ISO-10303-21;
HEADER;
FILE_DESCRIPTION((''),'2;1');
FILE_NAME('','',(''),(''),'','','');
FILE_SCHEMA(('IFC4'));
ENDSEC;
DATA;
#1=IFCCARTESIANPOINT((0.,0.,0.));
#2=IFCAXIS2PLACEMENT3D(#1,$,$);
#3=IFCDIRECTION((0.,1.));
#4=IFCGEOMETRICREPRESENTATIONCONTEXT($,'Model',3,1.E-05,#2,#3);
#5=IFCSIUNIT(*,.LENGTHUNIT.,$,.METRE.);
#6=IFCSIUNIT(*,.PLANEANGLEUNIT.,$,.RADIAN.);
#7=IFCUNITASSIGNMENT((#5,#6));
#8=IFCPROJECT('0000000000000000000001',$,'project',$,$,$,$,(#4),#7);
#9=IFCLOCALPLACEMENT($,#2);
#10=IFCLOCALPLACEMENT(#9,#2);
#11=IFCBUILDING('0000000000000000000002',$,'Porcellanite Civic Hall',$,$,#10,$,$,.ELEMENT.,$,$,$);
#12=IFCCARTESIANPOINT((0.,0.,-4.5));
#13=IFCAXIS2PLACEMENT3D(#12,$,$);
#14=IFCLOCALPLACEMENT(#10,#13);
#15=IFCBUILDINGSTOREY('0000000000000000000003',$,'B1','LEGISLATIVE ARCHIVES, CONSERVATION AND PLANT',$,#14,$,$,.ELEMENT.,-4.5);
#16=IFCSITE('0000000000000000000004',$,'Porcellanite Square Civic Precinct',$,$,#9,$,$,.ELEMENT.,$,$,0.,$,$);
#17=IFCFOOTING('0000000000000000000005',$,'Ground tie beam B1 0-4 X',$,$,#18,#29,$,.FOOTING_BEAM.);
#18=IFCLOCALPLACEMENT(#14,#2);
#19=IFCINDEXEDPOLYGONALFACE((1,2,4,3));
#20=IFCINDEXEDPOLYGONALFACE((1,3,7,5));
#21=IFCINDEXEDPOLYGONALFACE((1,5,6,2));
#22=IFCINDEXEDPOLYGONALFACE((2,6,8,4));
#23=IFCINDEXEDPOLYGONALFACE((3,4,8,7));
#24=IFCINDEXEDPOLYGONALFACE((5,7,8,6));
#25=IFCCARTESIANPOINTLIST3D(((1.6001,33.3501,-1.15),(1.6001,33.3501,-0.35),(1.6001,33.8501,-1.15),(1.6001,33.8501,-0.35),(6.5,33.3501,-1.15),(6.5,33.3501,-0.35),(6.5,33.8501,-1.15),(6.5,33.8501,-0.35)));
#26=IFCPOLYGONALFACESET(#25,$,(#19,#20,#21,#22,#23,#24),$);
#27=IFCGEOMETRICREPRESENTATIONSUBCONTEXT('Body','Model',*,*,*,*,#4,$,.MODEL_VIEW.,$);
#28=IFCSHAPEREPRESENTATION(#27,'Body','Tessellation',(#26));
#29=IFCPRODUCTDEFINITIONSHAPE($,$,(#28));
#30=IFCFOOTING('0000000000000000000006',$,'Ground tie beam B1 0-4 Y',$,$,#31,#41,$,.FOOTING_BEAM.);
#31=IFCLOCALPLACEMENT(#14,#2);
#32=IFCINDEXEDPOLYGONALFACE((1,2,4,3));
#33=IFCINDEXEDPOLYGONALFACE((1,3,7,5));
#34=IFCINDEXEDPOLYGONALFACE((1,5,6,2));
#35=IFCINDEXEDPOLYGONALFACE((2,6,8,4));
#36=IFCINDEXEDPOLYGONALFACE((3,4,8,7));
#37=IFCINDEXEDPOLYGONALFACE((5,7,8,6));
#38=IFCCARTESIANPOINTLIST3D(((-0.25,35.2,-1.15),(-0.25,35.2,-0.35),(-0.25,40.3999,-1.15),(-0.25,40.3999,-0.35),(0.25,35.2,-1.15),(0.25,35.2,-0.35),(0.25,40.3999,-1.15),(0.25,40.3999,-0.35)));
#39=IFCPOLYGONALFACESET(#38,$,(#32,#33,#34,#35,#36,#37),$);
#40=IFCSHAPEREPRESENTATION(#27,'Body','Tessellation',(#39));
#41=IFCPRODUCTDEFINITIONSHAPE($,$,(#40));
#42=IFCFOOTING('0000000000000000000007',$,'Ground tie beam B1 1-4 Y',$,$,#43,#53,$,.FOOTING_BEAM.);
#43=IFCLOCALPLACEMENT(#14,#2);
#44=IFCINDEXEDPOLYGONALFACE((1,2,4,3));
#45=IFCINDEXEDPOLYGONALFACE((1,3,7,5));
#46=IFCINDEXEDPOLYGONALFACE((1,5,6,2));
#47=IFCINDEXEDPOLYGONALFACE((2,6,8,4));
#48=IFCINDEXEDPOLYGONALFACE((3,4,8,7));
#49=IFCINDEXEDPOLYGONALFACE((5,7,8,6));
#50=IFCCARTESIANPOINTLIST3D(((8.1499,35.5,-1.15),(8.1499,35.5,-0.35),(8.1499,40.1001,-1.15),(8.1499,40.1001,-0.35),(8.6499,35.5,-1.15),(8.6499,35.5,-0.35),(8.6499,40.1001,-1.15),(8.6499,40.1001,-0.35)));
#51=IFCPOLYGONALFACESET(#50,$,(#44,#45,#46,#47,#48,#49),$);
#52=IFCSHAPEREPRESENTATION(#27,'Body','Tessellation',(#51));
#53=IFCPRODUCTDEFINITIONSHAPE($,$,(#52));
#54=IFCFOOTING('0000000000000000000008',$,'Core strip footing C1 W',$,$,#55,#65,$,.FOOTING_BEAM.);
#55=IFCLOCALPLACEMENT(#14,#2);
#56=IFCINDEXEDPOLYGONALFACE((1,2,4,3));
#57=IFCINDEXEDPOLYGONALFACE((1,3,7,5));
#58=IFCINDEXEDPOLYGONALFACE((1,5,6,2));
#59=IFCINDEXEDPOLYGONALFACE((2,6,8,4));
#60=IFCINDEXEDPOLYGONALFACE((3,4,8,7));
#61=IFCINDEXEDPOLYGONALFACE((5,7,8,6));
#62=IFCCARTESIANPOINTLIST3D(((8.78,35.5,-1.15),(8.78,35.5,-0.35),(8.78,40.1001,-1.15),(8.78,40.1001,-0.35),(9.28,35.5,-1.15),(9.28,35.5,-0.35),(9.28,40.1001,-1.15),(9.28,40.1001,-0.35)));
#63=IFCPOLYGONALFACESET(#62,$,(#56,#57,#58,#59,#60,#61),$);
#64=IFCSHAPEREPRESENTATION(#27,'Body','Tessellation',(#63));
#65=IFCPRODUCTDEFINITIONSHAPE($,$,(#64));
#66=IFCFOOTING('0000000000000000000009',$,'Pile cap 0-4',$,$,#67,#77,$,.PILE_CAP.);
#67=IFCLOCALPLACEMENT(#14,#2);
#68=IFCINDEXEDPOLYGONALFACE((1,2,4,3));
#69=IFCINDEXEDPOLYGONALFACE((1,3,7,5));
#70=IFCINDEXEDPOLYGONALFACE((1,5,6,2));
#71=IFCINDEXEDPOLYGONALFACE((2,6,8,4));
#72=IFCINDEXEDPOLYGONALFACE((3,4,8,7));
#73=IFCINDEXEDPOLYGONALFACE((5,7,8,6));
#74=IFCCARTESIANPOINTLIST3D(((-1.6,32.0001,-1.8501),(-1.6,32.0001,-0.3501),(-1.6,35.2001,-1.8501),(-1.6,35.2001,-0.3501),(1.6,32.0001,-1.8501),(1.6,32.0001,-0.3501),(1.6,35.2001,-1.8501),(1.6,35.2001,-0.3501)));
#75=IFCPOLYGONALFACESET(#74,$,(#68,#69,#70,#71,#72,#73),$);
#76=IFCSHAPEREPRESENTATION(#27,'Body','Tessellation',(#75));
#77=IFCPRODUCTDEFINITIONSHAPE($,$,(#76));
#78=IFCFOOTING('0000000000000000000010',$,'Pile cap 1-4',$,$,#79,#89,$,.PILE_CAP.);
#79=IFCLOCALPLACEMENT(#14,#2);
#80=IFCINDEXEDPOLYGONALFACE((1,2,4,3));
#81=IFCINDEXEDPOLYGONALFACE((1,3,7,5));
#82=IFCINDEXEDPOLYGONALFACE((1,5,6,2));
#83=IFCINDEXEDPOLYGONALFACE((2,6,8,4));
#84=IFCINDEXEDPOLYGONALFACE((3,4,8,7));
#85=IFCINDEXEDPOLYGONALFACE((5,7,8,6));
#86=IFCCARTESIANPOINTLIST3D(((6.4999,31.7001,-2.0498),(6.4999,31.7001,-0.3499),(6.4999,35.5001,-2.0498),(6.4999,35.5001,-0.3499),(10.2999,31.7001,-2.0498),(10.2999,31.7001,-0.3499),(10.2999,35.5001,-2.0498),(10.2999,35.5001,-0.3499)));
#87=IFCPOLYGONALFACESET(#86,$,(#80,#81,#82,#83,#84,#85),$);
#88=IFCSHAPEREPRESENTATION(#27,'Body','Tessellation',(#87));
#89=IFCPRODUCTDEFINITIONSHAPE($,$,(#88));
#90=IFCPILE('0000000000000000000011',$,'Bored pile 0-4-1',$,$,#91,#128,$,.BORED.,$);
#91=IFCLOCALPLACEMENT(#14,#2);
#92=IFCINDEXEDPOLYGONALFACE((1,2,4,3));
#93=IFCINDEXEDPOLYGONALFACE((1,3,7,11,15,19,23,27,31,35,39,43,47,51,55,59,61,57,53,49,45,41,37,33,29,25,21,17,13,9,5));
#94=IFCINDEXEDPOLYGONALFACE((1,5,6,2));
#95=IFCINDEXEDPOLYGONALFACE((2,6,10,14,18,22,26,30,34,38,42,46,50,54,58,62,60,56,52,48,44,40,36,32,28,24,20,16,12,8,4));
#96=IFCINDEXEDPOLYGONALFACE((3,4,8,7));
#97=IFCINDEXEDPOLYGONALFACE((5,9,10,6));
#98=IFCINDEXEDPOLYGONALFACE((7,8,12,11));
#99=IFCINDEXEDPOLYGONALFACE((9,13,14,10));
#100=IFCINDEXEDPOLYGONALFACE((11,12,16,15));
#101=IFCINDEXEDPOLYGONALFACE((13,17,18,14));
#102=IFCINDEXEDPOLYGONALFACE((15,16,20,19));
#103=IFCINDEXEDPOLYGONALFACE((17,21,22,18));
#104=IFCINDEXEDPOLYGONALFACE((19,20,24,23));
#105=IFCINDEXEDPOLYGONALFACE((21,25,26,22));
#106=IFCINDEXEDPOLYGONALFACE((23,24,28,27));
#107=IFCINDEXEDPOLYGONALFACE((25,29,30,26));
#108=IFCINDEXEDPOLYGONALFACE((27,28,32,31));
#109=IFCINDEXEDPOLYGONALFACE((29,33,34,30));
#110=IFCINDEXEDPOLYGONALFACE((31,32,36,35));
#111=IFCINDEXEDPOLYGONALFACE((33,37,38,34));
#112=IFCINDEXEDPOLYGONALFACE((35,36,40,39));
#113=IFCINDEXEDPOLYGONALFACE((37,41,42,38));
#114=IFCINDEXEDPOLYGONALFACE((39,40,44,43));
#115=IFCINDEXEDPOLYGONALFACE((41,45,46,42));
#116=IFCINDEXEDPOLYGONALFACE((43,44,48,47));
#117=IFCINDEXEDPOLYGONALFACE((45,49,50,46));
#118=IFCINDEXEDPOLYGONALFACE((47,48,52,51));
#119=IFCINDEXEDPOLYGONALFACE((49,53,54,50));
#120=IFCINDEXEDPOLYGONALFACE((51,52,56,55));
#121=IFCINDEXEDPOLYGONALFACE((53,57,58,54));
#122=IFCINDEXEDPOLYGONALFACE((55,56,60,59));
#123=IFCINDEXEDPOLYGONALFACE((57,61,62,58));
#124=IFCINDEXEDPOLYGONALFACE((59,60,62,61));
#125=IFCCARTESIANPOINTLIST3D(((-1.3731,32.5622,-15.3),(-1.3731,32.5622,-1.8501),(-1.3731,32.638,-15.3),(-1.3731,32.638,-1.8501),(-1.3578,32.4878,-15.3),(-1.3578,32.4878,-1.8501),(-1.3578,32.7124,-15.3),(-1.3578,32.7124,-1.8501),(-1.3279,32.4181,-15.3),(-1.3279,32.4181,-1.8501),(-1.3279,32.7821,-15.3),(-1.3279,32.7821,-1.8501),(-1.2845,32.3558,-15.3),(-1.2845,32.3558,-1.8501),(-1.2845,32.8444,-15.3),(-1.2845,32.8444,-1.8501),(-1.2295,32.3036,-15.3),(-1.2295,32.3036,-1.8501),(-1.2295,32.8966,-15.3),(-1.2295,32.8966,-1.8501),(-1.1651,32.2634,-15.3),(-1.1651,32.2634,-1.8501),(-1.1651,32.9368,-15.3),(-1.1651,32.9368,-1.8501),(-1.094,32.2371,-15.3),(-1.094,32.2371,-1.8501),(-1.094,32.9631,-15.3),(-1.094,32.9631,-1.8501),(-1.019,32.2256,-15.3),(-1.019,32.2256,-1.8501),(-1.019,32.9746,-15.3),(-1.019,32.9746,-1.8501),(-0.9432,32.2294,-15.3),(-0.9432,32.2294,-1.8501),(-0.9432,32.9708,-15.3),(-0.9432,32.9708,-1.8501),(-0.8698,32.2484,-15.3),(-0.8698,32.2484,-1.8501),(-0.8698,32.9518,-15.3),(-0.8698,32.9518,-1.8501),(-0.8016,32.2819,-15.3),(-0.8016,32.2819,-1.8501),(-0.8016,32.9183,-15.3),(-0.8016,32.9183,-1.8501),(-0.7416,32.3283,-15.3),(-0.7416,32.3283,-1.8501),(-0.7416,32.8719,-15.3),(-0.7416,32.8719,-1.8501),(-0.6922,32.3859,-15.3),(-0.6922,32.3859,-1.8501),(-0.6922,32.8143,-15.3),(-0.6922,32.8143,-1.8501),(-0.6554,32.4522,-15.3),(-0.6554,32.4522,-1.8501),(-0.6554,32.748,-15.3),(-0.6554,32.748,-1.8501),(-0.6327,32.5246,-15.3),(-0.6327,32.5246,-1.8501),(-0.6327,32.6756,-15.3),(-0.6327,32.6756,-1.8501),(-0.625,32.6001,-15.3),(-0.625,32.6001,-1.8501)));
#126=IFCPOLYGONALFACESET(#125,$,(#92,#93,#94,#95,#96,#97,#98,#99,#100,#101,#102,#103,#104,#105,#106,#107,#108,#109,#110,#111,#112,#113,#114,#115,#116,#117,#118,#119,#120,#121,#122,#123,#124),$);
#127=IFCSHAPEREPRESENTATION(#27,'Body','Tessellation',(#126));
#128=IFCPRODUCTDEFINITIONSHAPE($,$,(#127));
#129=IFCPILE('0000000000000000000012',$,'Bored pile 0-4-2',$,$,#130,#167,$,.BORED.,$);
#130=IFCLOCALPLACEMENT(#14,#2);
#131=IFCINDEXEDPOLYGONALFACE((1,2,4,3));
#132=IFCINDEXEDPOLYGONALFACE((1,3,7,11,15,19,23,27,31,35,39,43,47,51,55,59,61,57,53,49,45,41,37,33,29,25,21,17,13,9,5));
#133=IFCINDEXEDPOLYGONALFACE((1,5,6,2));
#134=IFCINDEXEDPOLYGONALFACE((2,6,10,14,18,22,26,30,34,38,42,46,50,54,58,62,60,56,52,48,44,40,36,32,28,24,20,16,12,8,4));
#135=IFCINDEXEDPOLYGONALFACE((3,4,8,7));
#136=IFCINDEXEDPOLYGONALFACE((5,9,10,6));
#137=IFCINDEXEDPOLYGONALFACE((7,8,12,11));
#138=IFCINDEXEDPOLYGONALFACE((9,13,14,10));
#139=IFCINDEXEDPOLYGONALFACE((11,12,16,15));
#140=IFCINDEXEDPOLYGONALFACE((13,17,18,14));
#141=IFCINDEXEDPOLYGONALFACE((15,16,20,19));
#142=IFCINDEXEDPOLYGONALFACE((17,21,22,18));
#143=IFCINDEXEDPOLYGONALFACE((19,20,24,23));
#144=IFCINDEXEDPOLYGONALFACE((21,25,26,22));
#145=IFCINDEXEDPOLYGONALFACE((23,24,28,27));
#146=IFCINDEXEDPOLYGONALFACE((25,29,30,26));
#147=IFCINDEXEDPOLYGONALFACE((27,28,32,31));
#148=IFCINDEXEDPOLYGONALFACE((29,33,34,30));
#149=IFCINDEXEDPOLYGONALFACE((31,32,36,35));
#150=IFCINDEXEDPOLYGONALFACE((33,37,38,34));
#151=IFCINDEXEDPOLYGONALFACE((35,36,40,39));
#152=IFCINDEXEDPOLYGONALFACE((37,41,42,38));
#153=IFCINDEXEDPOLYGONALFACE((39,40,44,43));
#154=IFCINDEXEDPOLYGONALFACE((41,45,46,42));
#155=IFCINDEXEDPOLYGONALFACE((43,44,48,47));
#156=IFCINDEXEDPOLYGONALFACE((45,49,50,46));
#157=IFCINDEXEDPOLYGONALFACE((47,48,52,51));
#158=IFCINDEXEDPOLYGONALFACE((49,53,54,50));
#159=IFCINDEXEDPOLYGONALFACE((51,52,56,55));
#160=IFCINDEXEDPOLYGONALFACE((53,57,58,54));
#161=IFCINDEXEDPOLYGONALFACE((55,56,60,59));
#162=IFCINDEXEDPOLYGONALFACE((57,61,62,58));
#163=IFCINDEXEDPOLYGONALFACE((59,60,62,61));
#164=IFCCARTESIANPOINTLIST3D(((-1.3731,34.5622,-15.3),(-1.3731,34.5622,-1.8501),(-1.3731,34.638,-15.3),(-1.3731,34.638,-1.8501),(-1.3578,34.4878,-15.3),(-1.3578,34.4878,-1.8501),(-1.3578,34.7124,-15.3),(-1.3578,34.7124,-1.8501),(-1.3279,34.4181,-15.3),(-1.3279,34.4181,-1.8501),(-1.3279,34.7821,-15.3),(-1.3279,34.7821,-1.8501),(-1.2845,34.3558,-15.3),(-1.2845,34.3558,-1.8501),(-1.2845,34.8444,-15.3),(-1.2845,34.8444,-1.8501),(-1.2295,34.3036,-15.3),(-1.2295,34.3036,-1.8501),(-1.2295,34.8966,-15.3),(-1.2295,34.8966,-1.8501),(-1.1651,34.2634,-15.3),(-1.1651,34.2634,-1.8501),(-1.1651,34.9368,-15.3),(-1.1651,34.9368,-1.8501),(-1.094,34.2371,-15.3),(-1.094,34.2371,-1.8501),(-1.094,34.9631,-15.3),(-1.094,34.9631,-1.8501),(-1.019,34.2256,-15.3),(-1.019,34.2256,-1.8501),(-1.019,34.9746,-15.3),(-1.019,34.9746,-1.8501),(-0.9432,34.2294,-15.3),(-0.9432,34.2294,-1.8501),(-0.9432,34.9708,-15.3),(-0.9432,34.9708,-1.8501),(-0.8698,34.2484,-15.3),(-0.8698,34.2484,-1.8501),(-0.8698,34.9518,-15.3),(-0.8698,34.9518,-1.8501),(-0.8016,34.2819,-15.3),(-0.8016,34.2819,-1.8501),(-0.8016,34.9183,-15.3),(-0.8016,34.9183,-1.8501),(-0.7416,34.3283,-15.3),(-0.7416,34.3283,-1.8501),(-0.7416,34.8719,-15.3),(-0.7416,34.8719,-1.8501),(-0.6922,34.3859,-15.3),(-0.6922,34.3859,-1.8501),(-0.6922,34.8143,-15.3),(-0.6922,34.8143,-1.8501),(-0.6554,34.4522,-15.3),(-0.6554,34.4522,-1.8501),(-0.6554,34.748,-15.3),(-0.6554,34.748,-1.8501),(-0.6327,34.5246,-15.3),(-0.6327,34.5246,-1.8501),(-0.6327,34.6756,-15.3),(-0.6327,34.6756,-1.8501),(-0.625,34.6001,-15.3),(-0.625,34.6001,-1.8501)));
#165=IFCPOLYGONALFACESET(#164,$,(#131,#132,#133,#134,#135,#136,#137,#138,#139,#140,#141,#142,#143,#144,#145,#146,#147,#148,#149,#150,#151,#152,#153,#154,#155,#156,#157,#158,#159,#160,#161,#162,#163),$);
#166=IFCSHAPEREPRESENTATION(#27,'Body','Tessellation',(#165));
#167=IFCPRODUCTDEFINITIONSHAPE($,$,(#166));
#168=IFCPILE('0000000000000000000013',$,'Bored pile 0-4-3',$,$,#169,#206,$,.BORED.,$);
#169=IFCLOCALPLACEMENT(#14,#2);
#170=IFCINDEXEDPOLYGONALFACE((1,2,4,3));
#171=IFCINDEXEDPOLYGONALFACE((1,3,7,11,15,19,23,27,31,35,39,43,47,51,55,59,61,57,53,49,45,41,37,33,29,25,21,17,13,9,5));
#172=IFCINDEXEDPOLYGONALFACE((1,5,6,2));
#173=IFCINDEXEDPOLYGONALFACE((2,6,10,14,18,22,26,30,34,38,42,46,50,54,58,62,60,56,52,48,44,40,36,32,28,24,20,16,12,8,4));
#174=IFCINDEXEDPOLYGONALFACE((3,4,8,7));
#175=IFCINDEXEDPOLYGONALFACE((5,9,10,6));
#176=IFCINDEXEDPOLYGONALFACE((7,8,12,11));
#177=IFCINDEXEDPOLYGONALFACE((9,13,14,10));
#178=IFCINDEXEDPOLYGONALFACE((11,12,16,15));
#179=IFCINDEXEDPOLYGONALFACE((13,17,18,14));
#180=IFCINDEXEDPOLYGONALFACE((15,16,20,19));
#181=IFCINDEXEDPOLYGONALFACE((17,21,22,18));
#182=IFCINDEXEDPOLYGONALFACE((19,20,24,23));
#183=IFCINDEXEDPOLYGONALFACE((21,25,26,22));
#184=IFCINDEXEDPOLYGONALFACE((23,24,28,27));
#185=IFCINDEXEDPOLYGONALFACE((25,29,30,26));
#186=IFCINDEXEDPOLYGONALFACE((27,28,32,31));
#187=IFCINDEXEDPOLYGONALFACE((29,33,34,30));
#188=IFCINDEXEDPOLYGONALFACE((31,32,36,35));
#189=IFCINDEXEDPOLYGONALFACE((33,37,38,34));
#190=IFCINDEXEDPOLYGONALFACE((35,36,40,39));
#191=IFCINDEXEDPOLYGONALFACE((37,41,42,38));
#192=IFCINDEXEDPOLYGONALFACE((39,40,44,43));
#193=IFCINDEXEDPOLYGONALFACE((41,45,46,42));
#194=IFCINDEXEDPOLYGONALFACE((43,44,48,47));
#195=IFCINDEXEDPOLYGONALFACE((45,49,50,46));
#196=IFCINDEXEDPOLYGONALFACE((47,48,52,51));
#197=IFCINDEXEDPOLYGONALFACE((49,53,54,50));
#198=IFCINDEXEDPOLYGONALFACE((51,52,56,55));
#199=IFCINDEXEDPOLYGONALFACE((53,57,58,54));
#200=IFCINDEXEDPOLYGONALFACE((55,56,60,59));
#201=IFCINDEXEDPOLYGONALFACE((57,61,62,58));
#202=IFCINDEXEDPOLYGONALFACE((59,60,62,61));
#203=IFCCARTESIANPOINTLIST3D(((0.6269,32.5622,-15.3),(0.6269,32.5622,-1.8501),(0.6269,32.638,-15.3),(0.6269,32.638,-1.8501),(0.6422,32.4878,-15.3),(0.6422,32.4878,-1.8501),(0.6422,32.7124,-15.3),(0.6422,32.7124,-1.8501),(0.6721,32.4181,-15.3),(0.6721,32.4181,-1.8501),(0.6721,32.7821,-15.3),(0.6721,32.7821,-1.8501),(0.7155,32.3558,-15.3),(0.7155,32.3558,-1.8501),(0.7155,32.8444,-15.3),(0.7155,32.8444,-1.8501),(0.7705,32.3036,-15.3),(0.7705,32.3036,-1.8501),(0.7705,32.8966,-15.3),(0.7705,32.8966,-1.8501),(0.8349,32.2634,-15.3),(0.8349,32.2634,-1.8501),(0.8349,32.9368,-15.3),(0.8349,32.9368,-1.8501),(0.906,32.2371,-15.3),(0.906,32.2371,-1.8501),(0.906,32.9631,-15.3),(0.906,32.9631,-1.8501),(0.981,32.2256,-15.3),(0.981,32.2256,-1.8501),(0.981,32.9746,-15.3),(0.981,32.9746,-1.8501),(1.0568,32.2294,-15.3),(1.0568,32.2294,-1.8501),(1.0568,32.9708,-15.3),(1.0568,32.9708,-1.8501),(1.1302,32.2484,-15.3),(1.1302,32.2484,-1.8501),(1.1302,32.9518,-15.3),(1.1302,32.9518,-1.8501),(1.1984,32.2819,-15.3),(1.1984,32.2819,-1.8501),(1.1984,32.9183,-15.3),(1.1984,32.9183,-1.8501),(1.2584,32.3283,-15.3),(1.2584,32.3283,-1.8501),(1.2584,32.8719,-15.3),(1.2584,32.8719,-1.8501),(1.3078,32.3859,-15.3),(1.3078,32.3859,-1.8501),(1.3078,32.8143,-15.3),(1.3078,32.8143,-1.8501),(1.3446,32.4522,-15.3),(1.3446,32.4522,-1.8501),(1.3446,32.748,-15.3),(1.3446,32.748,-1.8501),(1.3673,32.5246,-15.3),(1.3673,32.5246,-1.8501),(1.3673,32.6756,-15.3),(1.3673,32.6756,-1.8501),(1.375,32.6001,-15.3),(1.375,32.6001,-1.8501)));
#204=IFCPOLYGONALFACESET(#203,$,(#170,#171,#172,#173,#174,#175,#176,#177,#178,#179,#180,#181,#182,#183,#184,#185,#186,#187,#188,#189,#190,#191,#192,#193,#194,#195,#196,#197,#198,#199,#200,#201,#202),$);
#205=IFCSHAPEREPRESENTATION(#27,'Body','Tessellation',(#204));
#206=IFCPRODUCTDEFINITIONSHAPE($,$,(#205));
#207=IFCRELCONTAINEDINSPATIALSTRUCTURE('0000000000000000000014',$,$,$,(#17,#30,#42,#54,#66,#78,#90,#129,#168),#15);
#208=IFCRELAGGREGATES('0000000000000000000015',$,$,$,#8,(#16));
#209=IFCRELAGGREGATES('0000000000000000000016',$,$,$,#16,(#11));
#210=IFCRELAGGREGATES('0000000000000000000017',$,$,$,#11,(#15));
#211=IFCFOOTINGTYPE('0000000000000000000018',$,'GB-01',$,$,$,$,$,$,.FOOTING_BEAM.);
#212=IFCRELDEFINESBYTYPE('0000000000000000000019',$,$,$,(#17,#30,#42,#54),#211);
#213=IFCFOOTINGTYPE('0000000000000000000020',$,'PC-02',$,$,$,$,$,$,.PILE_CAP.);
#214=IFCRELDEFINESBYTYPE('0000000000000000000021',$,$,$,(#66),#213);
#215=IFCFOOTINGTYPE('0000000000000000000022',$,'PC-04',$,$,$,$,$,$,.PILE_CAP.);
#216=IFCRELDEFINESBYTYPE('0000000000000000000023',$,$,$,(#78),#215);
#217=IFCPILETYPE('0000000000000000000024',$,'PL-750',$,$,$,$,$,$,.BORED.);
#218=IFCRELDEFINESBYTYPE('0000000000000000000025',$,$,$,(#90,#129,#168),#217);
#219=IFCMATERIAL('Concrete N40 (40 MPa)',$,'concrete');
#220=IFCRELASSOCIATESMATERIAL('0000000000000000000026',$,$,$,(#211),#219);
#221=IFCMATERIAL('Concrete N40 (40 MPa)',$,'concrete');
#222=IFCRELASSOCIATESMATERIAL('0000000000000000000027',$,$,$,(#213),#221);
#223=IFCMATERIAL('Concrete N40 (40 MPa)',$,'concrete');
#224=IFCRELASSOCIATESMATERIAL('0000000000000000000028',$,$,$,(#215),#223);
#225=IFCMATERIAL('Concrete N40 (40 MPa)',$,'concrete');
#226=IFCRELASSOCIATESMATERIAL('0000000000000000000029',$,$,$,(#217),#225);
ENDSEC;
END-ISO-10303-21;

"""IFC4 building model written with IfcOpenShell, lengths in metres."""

from ifc_helpers import new_model, si_unit, direction, frame, origin, origin_2d, place, context, subcontext, project, spatial, rectangle, circle, extrude, material, material_profile, profile_set, type_object, element, save


model = new_model("IFC4")

# Units and contexts
model_context = context("Model", 3, precision=1e-05, world=origin(), true_north=direction((0.0, 1.0)))
body_context = subcontext(model_context, "Body", "Model", "MODEL_VIEW")
ifc_project = project(units=[si_unit("LENGTHUNIT", "METRE"), si_unit("PLANEANGLEUNIT", "RADIAN")], contexts=[model_context])

# Site, building, storey
site_placement = place(None, origin())
site = spatial("IfcSite", under=ifc_project, at=site_placement, Name="Porcellanite Square Civic Precinct", CompositionType="ELEMENT", RefElevation=0.0)
building_placement = place(site_placement, origin())
building = spatial("IfcBuilding", under=site, at=building_placement, Name="Porcellanite Civic Hall", CompositionType="ELEMENT")
storey_placement = place(building_placement, frame((0.0, 0.0, -4.5)))
storey = spatial("IfcBuildingStorey", under=building, at=storey_placement, Name="B1", Description="LEGISLATIVE ARCHIVES, CONSERVATION AND PLANT", CompositionType="ELEMENT", Elevation=-4.5)

# Footings
ifc_material_1 = material(Name="Concrete N40 (40 MPa)", Category="concrete")
ifc_material_profile_1 = material_profile(ifc_material_1, rectangle(XDim=0.5, YDim=0.8, at=origin_2d()), Name="RC-500x800")
ifc_profile_set_1 = profile_set([ifc_material_profile_1], Name="Concrete N40 (40 MPa)")
footing_type_1 = type_object("IfcFootingType", Name="GB-01", PredefinedType="FOOTING_BEAM", material=ifc_profile_set_1)
footing_1_placement = place(storey_placement, frame((1.6001, 33.6001, -0.75), z_axis=(1.0, 0.0, 0.0), x_axis=(0.0, 1.0, 0.0)))
element("IfcFooting", 1, at=footing_1_placement, inside=storey, type_object=footing_type_1, Name="Ground tie beam B1 0-4 X", PredefinedType="FOOTING_BEAM", context=body_context, shape_type="SweptSolid", body=[
    extrude(rectangle(XDim=0.5, YDim=0.8, at=origin_2d()), origin(), (0.0, 0.0, 1.0), 4.8999),
])
footing_2_placement = place(storey_placement, frame((0.0, 35.2, -0.75), z_axis=(0.0, 1.0, 0.0), x_axis=(-1.0, 0.0, 0.0)))
element("IfcFooting", 2, at=footing_2_placement, inside=storey, type_object=footing_type_1, Name="Ground tie beam B1 0-4 Y", PredefinedType="FOOTING_BEAM", context=body_context, shape_type="SweptSolid", body=[
    extrude(rectangle(XDim=0.5, YDim=0.8, at=origin_2d()), origin(), (0.0, 0.0, 1.0), 5.2),
])
for number, where, z_axis, x_axis, name in (
    (3, (8.3999, 35.5, -0.75), (0.0, 1.0, 0.0), (-1.0, 0.0, 0.0), "Ground tie beam B1 1-4 Y"),
    (4, (9.03, 35.5, -0.75), (0.0, 1.0, 0.0), (-1.0, 0.0, 0.0), "Core strip footing C1 W"),
):
    element("IfcFooting", number, at=place(storey_placement, frame(where, z_axis=z_axis, x_axis=x_axis)), inside=storey, type_object=footing_type_1, Name=name, PredefinedType="FOOTING_BEAM", context=body_context, shape_type="SweptSolid", body=[
        extrude(rectangle(XDim=0.5, YDim=0.8, at=origin_2d()), origin(), (0.0, 0.0, 1.0), 4.6001),
    ])
ifc_material_2 = material(Name="Concrete N40 (40 MPa)", Category="concrete")
footing_type_2 = type_object("IfcFootingType", Name="PC-02", PredefinedType="PILE_CAP", material=ifc_material_2)
footing_3_placement = place(storey_placement, frame((0.0, 33.6001, -1.8501), z_axis=(0.0, 0.0, 1.0), x_axis=(1.0, 0.0, 0.0)))
element("IfcFooting", 5, at=footing_3_placement, inside=storey, type_object=footing_type_2, Name="Pile cap 0-4", PredefinedType="PILE_CAP", context=body_context, shape_type="SweptSolid", body=[
    extrude(rectangle(XDim=3.2, YDim=3.2, at=origin_2d()), origin(), (0.0, 0.0, 1.0), 1.5),
])
ifc_material_3 = material(Name="Concrete N40 (40 MPa)", Category="concrete")
footing_type_3 = type_object("IfcFootingType", Name="PC-04", PredefinedType="PILE_CAP", material=ifc_material_3)
footing_4_placement = place(storey_placement, frame((8.3999, 33.6001, -2.0498), z_axis=(0.0, 0.0, 1.0), x_axis=(1.0, 0.0, 0.0)))
element("IfcFooting", 6, at=footing_4_placement, inside=storey, type_object=footing_type_3, Name="Pile cap 1-4", PredefinedType="PILE_CAP", context=body_context, shape_type="SweptSolid", body=[
    extrude(rectangle(XDim=3.8, YDim=3.8, at=origin_2d()), origin(), (0.0, 0.0, 1.0), 1.7),
])

# Piles
ifc_material_4 = material(Name="Concrete N40 (40 MPa)", Category="concrete")
ifc_material_profile_2 = material_profile(ifc_material_4, circle(Radius=0.375, at=origin_2d()), Name="PILE-D750")
ifc_profile_set_2 = profile_set([ifc_material_profile_2], Name="Concrete N40 (40 MPa)")
pile_type_1 = type_object("IfcPileType", Name="PL-750", PredefinedType="BORED", material=ifc_profile_set_2)
for number, where, z_axis, x_axis, name in (
    (7, (-1.0, 32.6001, -1.8501), (0.0, 0.0, -1.0), (1.0, 0.0, 0.0), "Bored pile 0-4-1"),
    (8, (-1.0, 34.6001, -1.8501), (0.0, 0.0, -1.0), (1.0, 0.0, 0.0), "Bored pile 0-4-2"),
    (9, (1.0, 32.6001, -1.8501), (0.0, 0.0, -1.0), (1.0, 0.0, 0.0), "Bored pile 0-4-3"),
):
    element("IfcPile", number, at=place(storey_placement, frame(where, z_axis=z_axis, x_axis=x_axis)), inside=storey, type_object=pile_type_1, Name=name, PredefinedType="BORED", context=body_context, shape_type="SweptSolid", body=[
        extrude(circle(Radius=0.375, at=origin_2d()), origin(), (0.0, 0.0, 1.0), 13.45),
    ])

save(model, "model.ifc")
